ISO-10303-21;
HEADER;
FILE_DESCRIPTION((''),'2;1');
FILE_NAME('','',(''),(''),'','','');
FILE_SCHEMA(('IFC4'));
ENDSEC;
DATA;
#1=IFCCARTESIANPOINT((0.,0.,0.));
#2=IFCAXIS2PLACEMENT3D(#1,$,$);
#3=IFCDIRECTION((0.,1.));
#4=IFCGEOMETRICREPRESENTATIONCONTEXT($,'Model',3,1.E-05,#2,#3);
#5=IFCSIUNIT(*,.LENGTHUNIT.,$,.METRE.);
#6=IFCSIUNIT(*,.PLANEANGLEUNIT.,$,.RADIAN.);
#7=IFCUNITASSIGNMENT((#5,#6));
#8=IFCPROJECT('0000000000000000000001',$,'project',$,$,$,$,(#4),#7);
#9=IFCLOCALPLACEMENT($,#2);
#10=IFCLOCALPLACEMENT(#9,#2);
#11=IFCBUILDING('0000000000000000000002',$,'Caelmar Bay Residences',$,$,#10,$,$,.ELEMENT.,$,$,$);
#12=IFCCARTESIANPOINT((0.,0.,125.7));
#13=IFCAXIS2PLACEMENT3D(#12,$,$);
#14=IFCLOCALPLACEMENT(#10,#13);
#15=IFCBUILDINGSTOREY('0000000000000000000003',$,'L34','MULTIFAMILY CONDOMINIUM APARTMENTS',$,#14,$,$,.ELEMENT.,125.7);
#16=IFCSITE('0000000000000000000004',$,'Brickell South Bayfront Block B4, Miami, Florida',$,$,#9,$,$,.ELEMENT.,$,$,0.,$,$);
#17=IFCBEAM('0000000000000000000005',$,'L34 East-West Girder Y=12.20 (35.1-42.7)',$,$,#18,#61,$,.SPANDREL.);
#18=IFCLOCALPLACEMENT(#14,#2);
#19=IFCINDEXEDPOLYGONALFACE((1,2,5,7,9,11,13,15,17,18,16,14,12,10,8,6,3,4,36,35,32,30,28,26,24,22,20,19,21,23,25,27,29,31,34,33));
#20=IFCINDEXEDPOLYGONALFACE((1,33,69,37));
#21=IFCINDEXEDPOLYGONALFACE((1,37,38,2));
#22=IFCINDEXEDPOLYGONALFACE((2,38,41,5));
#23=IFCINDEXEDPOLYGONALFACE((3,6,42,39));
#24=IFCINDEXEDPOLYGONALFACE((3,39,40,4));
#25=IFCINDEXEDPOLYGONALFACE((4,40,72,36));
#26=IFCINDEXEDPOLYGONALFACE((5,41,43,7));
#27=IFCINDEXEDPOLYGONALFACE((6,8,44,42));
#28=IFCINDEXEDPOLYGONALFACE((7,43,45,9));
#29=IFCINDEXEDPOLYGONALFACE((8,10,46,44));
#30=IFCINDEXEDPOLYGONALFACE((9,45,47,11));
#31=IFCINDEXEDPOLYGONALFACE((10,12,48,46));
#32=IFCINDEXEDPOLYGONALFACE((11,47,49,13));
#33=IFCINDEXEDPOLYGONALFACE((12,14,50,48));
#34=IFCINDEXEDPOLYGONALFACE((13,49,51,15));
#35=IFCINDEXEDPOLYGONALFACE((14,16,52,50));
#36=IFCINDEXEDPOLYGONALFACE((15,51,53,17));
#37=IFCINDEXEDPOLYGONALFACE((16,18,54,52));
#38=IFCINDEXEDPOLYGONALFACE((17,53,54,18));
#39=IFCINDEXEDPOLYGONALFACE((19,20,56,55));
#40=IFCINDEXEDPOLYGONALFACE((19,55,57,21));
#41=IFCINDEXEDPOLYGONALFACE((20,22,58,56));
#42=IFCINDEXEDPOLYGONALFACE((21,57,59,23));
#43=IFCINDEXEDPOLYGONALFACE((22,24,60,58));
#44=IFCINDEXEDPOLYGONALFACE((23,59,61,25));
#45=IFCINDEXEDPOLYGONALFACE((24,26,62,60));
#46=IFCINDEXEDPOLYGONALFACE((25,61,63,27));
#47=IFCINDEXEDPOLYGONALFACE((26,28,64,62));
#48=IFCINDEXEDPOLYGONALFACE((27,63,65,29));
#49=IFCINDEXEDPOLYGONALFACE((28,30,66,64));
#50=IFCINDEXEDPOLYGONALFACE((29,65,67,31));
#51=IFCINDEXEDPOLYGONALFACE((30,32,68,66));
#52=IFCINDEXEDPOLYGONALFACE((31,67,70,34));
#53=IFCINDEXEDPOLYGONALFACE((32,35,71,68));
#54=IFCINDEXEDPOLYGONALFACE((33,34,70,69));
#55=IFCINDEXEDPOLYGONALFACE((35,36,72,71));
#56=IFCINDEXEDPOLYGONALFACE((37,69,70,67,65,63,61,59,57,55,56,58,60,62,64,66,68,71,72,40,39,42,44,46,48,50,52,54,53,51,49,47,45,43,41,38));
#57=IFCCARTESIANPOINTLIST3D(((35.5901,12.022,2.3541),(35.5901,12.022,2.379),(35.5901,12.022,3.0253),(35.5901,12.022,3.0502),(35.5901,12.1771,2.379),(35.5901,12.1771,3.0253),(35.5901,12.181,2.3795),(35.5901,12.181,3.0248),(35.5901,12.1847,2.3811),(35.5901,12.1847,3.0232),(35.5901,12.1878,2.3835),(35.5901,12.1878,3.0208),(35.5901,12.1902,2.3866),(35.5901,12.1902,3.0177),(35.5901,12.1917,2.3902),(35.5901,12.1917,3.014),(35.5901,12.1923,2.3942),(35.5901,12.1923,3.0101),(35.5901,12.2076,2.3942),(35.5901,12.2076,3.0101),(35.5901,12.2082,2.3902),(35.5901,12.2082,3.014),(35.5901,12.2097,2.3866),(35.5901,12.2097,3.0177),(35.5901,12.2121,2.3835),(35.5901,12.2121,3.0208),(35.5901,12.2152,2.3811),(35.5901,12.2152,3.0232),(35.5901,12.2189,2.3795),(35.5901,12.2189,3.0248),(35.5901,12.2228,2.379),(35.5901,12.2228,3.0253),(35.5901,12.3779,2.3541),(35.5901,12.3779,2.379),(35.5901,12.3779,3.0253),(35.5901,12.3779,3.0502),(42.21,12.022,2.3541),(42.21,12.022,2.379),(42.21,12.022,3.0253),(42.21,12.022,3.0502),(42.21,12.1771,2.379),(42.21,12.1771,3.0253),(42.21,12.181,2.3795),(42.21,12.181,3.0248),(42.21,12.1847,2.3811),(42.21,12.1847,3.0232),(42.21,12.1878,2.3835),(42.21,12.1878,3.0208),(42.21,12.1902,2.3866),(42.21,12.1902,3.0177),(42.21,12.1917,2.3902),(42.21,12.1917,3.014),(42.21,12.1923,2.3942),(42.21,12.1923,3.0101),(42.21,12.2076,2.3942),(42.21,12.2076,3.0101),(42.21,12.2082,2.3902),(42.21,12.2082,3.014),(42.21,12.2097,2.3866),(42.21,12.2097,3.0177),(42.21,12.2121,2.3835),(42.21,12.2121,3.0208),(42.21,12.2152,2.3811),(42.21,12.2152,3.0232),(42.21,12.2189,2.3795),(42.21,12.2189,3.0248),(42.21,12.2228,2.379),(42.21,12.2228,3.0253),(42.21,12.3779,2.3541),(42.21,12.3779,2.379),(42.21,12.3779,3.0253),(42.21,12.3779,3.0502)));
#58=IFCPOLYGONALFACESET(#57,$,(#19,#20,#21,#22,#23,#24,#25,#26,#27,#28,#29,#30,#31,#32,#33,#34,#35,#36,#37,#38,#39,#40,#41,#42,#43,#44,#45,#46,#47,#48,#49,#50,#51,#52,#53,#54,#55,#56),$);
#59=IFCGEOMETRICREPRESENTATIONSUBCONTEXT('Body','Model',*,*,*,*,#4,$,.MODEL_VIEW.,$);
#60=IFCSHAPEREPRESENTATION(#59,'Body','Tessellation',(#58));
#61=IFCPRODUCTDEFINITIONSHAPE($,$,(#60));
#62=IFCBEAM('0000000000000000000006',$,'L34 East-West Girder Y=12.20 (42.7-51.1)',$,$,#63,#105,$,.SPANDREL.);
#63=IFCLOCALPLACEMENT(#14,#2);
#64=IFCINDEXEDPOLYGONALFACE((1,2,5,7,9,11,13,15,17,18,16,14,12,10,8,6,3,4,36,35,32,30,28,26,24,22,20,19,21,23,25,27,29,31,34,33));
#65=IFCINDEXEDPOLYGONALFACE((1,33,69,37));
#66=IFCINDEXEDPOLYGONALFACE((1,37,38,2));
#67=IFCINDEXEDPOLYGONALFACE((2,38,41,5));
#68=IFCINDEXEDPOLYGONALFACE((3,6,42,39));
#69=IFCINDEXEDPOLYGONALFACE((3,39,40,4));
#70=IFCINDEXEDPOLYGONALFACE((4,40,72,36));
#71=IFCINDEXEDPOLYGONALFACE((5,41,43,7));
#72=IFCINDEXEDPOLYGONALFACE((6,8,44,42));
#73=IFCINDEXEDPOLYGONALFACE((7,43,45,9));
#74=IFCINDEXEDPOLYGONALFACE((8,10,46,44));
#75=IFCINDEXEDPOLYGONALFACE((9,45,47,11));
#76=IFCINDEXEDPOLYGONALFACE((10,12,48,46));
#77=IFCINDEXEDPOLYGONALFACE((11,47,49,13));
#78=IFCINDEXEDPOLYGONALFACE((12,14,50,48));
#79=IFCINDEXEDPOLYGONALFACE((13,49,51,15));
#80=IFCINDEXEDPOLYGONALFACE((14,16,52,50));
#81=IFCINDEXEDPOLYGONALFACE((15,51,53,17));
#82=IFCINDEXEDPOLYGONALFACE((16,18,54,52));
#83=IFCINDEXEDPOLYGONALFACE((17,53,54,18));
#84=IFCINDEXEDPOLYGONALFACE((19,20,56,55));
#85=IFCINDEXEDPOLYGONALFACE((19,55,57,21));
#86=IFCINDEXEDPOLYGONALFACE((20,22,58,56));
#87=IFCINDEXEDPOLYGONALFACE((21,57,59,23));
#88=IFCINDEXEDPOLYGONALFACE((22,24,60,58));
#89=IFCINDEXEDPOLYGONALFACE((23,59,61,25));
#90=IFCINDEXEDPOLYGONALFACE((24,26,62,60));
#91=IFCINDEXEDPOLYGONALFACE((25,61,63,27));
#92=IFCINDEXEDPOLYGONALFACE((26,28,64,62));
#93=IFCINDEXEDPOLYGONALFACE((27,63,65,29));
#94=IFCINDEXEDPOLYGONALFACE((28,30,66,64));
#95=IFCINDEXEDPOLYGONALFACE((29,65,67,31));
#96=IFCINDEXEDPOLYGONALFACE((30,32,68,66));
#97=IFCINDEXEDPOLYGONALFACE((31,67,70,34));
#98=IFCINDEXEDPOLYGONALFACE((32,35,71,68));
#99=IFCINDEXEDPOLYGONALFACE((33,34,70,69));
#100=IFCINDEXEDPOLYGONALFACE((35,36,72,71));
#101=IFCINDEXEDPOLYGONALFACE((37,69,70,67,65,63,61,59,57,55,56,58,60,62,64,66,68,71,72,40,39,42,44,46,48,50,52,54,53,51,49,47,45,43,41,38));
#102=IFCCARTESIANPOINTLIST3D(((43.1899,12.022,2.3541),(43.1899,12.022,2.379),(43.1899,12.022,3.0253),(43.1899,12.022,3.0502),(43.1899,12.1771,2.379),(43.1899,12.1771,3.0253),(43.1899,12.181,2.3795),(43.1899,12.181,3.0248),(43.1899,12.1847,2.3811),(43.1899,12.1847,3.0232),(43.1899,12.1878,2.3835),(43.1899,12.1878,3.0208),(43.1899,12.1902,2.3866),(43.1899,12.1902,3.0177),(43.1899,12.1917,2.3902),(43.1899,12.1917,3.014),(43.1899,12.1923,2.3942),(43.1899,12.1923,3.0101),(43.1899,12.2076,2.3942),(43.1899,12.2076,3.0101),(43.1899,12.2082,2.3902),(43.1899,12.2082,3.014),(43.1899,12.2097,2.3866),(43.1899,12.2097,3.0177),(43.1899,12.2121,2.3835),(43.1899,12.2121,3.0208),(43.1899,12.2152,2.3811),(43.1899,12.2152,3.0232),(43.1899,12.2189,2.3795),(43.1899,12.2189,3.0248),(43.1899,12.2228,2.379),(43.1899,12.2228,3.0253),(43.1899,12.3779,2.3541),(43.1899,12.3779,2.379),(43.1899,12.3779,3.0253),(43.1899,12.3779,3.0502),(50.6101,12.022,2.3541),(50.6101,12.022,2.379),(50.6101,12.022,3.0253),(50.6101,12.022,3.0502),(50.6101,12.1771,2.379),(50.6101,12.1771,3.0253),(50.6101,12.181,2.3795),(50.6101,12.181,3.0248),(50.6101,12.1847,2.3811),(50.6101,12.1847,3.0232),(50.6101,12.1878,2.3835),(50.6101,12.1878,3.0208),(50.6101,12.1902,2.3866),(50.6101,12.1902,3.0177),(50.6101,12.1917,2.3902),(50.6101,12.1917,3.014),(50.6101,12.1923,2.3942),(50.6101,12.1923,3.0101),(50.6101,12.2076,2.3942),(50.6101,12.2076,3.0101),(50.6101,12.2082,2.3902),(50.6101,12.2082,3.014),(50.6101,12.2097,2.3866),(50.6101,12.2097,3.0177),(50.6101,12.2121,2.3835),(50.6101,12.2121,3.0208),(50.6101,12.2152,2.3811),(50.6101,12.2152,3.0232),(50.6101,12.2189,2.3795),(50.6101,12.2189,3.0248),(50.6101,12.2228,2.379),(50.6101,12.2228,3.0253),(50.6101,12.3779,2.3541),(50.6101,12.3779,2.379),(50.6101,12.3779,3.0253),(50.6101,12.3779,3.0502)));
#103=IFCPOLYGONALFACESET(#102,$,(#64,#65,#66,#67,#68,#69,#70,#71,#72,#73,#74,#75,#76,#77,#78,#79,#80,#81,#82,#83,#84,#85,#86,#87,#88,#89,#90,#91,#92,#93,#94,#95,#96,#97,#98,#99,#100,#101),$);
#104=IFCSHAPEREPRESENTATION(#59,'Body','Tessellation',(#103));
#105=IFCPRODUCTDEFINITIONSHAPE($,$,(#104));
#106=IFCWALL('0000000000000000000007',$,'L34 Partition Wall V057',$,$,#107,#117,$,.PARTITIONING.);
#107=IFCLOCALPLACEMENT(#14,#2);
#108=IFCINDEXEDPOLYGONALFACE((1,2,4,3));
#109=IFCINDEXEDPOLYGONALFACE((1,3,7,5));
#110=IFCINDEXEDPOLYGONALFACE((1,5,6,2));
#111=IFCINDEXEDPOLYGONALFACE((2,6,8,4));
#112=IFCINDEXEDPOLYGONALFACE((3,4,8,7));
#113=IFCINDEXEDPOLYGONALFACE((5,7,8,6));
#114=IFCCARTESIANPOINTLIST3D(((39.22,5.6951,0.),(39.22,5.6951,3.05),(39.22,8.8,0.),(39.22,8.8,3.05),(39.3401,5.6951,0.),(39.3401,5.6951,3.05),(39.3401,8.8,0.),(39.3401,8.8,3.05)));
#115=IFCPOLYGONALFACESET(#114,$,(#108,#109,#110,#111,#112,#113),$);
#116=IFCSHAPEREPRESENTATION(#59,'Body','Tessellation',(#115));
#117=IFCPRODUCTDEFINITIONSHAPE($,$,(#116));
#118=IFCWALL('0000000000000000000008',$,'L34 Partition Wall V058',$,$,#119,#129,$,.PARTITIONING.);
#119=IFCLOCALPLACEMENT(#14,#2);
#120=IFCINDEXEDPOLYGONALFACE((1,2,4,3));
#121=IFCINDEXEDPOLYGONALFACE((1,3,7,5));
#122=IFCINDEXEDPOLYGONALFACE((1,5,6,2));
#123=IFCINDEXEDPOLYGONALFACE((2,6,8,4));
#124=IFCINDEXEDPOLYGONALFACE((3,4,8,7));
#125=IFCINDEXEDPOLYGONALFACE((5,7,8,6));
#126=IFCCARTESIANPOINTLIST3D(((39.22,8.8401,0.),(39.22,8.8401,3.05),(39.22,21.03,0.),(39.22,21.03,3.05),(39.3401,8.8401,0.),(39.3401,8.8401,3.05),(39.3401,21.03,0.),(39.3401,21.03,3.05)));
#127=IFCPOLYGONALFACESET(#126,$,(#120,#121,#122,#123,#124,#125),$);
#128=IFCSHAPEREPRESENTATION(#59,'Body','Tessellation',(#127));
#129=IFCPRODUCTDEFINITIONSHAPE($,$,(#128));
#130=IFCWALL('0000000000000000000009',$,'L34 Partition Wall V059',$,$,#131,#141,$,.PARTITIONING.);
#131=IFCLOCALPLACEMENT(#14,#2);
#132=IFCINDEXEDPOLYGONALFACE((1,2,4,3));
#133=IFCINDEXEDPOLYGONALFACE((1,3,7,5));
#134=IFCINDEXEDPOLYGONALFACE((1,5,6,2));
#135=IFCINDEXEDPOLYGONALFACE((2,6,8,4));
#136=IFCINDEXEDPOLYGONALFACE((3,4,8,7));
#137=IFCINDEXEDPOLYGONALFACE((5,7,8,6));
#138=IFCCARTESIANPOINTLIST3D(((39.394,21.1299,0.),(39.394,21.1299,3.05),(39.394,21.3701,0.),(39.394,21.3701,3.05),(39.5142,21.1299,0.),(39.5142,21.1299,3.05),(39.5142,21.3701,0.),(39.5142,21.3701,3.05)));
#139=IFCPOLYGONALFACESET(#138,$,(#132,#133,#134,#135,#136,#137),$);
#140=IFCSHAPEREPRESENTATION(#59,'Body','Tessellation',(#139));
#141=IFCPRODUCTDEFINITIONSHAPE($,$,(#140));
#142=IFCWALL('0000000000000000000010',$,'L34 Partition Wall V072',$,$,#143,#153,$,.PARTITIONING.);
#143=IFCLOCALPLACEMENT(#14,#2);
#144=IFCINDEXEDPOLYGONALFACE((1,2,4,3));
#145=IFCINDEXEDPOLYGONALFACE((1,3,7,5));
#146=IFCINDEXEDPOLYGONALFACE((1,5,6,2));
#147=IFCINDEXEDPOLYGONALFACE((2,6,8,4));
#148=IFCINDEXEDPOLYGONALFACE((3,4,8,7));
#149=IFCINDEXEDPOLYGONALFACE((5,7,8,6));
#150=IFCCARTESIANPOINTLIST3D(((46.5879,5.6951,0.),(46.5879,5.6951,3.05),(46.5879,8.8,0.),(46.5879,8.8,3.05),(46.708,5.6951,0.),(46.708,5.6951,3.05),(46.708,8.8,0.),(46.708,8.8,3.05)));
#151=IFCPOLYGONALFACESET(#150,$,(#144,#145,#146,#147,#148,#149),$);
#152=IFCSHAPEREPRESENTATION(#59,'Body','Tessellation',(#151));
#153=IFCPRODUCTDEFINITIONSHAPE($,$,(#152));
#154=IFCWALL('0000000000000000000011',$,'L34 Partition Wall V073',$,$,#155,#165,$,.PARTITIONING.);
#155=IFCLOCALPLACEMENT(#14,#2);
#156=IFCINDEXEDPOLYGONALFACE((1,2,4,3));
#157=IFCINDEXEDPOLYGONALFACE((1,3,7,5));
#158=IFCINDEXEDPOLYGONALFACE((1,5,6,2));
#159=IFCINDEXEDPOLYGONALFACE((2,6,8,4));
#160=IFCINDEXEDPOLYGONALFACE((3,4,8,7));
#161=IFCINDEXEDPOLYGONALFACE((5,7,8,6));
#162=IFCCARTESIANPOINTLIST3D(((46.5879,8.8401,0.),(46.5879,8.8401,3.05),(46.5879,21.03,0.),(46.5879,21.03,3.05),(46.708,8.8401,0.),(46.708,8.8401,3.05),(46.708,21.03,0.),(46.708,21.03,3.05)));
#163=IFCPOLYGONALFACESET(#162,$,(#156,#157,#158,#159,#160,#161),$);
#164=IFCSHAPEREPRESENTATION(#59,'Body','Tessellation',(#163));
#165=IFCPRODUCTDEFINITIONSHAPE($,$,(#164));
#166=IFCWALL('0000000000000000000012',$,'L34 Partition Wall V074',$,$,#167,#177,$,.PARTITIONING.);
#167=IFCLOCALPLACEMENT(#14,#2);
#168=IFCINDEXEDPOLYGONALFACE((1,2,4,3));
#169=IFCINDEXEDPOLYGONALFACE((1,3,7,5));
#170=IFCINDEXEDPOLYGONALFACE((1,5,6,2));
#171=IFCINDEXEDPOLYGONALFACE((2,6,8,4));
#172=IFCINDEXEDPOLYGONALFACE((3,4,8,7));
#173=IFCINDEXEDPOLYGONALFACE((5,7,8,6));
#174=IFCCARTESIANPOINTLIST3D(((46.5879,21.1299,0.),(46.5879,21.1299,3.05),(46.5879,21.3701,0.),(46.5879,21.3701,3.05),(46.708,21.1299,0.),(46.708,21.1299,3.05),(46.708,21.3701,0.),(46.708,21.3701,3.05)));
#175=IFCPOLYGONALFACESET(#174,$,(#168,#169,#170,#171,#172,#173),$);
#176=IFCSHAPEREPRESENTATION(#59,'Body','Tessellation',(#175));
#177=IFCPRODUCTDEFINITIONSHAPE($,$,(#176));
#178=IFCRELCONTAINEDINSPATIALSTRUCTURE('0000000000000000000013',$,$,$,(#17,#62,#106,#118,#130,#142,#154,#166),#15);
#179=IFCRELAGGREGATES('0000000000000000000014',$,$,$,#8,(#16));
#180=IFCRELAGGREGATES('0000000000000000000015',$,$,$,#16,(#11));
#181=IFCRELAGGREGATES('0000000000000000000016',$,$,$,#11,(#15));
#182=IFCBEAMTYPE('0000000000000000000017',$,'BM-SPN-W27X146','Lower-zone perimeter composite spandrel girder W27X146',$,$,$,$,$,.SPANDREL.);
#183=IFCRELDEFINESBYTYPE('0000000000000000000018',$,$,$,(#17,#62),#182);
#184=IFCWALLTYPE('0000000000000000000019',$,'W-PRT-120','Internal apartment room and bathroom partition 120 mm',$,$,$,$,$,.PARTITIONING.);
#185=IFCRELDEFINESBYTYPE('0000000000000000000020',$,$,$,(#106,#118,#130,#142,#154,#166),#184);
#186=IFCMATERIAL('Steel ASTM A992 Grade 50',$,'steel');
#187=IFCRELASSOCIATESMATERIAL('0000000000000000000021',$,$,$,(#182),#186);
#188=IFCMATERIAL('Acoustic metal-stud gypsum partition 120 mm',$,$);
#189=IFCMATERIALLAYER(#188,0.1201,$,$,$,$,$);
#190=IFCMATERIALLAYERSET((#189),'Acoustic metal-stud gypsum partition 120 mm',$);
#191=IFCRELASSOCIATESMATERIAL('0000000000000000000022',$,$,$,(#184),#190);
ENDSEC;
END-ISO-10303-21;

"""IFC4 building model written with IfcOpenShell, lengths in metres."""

from ifc_helpers import new_model, si_unit, direction, frame, frame_2d, origin, origin_2d, place, context, subcontext, project, spatial, rectangle, i_section, extrude, material, layer, layer_set, material_profile, profile_set, type_object, element, save


model = new_model("IFC4")

# Units and contexts
model_context = context("Model", 3, precision=1e-05, world=origin(), true_north=direction((0.0, 1.0)))
body_context = subcontext(model_context, "Body", "Model", "MODEL_VIEW")
ifc_project = project(units=[si_unit("LENGTHUNIT", "METRE"), si_unit("PLANEANGLEUNIT", "RADIAN")], contexts=[model_context])

# Site, building, storey
site_placement = place(None, origin())
site = spatial("IfcSite", under=ifc_project, at=site_placement, Name="Brickell South Bayfront Block B4, Miami, Florida", CompositionType="ELEMENT", RefElevation=0.0)
building_placement = place(site_placement, origin())
building = spatial("IfcBuilding", under=site, at=building_placement, Name="Caelmar Bay Residences", CompositionType="ELEMENT")
storey_placement = place(building_placement, frame((0.0, 0.0, 125.7)))
storey = spatial("IfcBuildingStorey", under=building, at=storey_placement, Name="L34", Description="MULTIFAMILY CONDOMINIUM APARTMENTS", CompositionType="ELEMENT", Elevation=125.7)

# Beams
ifc_material_1 = material(Name="Steel ASTM A992 Grade 50", Category="steel")
ifc_material_profile_1 = material_profile(ifc_material_1, i_section(OverallWidth=0.356, OverallDepth=0.696, WebThickness=0.0154, FlangeThickness=0.0249, FilletRadius=0.0151, at=origin_2d()), Name="W27X146")
ifc_profile_set_1 = profile_set([ifc_material_profile_1], Name="Steel ASTM A992 Grade 50")
beam_type_1 = type_object("IfcBeamType", Name="BM-SPN-W27X146", Description="Lower-zone perimeter composite spandrel girder W27X146", PredefinedType="SPANDREL", material=ifc_profile_set_1)
beam_1_placement = place(storey_placement, frame((35.5901, 12.2, 2.7021), z_axis=(1.0, 0.0, 0.0), x_axis=(0.0, 1.0, 0.0)))
element("IfcBeam", 1, at=beam_1_placement, inside=storey, type_object=beam_type_1, Name="L34 East-West Girder Y=12.20 (35.1-42.7)", PredefinedType="SPANDREL", context=body_context, shape_type="SweptSolid", body=[
    extrude(i_section(OverallWidth=0.356, OverallDepth=0.696, WebThickness=0.0154, FlangeThickness=0.0249, FilletRadius=0.0151, at=origin_2d()), origin(), (0.0, 0.0, 1.0), 6.6199),
])
beam_2_placement = place(storey_placement, frame((43.1899, 12.2, 2.7021), z_axis=(1.0, 0.0, 0.0), x_axis=(0.0, 1.0, 0.0)))
element("IfcBeam", 2, at=beam_2_placement, inside=storey, type_object=beam_type_1, Name="L34 East-West Girder Y=12.20 (42.7-51.1)", PredefinedType="SPANDREL", context=body_context, shape_type="SweptSolid", body=[
    extrude(i_section(OverallWidth=0.356, OverallDepth=0.696, WebThickness=0.0154, FlangeThickness=0.0249, FilletRadius=0.0151, at=origin_2d()), origin(), (0.0, 0.0, 1.0), 7.4202),
])

# Walls
ifc_material_2 = material(Name="Acoustic metal-stud gypsum partition 120 mm")
ifc_layer_1 = layer(ifc_material_2, 0.1201)
ifc_layer_set_1 = layer_set([ifc_layer_1], Name="Acoustic metal-stud gypsum partition 120 mm")
wall_type_1 = type_object("IfcWallType", Name="W-PRT-120", Description="Internal apartment room and bathroom partition 120 mm", PredefinedType="PARTITIONING", material=ifc_layer_set_1)
wall_1_placement = place(storey_placement, frame((39.28, 5.6951, 0.0), z_axis=(0.0, 0.0, 1.0), x_axis=(0.0, 1.0, 0.0)))
element("IfcWall", 3, at=wall_1_placement, inside=storey, type_object=wall_type_1, Name="L34 Partition Wall V057", PredefinedType="PARTITIONING", context=body_context, shape_type="SweptSolid", body=[
    extrude(rectangle(XDim=3.105, YDim=0.1201, at=frame_2d((1.5525, 0.0))), origin(), (0.0, 0.0, 1.0), 3.05),
])
wall_2_placement = place(storey_placement, frame((39.28, 8.8401, 0.0), z_axis=(0.0, 0.0, 1.0), x_axis=(0.0, 1.0, 0.0)))
element("IfcWall", 4, at=wall_2_placement, inside=storey, type_object=wall_type_1, Name="L34 Partition Wall V058", PredefinedType="PARTITIONING", context=body_context, shape_type="SweptSolid", body=[
    extrude(rectangle(XDim=12.1899, YDim=0.1201, at=frame_2d((6.095, 0.0))), origin(), (0.0, 0.0, 1.0), 3.05),
])
wall_3_placement = place(storey_placement, frame((39.4541, 21.1299, 0.0), z_axis=(0.0, 0.0, 1.0), x_axis=(0.0, 1.0, 0.0)))
element("IfcWall", 5, at=wall_3_placement, inside=storey, type_object=wall_type_1, Name="L34 Partition Wall V059", PredefinedType="PARTITIONING", context=body_context, shape_type="SweptSolid", body=[
    extrude(rectangle(XDim=0.2402, YDim=0.1201, at=frame_2d((0.1201, 0.0))), origin(), (0.0, 0.0, 1.0), 3.05),
])
wall_4_placement = place(storey_placement, frame((46.6479, 5.6951, 0.0), z_axis=(0.0, 0.0, 1.0), x_axis=(0.0, 1.0, 0.0)))
element("IfcWall", 6, at=wall_4_placement, inside=storey, type_object=wall_type_1, Name="L34 Partition Wall V072", PredefinedType="PARTITIONING", context=body_context, shape_type="SweptSolid", body=[
    extrude(rectangle(XDim=3.105, YDim=0.1201, at=frame_2d((1.5525, 0.0))), origin(), (0.0, 0.0, 1.0), 3.05),
])
wall_5_placement = place(storey_placement, frame((46.6479, 8.8401, 0.0), z_axis=(0.0, 0.0, 1.0), x_axis=(0.0, 1.0, 0.0)))
element("IfcWall", 7, at=wall_5_placement, inside=storey, type_object=wall_type_1, Name="L34 Partition Wall V073", PredefinedType="PARTITIONING", context=body_context, shape_type="SweptSolid", body=[
    extrude(rectangle(XDim=12.1899, YDim=0.1201, at=frame_2d((6.095, 0.0))), origin(), (0.0, 0.0, 1.0), 3.05),
])
wall_6_placement = place(storey_placement, frame((46.6479, 21.1299, 0.0), z_axis=(0.0, 0.0, 1.0), x_axis=(0.0, 1.0, 0.0)))
element("IfcWall", 8, at=wall_6_placement, inside=storey, type_object=wall_type_1, Name="L34 Partition Wall V074", PredefinedType="PARTITIONING", context=body_context, shape_type="SweptSolid", body=[
    extrude(rectangle(XDim=0.2402, YDim=0.1201, at=frame_2d((0.1201, 0.0))), origin(), (0.0, 0.0, 1.0), 3.05),
])

save(model, "model.ifc")
